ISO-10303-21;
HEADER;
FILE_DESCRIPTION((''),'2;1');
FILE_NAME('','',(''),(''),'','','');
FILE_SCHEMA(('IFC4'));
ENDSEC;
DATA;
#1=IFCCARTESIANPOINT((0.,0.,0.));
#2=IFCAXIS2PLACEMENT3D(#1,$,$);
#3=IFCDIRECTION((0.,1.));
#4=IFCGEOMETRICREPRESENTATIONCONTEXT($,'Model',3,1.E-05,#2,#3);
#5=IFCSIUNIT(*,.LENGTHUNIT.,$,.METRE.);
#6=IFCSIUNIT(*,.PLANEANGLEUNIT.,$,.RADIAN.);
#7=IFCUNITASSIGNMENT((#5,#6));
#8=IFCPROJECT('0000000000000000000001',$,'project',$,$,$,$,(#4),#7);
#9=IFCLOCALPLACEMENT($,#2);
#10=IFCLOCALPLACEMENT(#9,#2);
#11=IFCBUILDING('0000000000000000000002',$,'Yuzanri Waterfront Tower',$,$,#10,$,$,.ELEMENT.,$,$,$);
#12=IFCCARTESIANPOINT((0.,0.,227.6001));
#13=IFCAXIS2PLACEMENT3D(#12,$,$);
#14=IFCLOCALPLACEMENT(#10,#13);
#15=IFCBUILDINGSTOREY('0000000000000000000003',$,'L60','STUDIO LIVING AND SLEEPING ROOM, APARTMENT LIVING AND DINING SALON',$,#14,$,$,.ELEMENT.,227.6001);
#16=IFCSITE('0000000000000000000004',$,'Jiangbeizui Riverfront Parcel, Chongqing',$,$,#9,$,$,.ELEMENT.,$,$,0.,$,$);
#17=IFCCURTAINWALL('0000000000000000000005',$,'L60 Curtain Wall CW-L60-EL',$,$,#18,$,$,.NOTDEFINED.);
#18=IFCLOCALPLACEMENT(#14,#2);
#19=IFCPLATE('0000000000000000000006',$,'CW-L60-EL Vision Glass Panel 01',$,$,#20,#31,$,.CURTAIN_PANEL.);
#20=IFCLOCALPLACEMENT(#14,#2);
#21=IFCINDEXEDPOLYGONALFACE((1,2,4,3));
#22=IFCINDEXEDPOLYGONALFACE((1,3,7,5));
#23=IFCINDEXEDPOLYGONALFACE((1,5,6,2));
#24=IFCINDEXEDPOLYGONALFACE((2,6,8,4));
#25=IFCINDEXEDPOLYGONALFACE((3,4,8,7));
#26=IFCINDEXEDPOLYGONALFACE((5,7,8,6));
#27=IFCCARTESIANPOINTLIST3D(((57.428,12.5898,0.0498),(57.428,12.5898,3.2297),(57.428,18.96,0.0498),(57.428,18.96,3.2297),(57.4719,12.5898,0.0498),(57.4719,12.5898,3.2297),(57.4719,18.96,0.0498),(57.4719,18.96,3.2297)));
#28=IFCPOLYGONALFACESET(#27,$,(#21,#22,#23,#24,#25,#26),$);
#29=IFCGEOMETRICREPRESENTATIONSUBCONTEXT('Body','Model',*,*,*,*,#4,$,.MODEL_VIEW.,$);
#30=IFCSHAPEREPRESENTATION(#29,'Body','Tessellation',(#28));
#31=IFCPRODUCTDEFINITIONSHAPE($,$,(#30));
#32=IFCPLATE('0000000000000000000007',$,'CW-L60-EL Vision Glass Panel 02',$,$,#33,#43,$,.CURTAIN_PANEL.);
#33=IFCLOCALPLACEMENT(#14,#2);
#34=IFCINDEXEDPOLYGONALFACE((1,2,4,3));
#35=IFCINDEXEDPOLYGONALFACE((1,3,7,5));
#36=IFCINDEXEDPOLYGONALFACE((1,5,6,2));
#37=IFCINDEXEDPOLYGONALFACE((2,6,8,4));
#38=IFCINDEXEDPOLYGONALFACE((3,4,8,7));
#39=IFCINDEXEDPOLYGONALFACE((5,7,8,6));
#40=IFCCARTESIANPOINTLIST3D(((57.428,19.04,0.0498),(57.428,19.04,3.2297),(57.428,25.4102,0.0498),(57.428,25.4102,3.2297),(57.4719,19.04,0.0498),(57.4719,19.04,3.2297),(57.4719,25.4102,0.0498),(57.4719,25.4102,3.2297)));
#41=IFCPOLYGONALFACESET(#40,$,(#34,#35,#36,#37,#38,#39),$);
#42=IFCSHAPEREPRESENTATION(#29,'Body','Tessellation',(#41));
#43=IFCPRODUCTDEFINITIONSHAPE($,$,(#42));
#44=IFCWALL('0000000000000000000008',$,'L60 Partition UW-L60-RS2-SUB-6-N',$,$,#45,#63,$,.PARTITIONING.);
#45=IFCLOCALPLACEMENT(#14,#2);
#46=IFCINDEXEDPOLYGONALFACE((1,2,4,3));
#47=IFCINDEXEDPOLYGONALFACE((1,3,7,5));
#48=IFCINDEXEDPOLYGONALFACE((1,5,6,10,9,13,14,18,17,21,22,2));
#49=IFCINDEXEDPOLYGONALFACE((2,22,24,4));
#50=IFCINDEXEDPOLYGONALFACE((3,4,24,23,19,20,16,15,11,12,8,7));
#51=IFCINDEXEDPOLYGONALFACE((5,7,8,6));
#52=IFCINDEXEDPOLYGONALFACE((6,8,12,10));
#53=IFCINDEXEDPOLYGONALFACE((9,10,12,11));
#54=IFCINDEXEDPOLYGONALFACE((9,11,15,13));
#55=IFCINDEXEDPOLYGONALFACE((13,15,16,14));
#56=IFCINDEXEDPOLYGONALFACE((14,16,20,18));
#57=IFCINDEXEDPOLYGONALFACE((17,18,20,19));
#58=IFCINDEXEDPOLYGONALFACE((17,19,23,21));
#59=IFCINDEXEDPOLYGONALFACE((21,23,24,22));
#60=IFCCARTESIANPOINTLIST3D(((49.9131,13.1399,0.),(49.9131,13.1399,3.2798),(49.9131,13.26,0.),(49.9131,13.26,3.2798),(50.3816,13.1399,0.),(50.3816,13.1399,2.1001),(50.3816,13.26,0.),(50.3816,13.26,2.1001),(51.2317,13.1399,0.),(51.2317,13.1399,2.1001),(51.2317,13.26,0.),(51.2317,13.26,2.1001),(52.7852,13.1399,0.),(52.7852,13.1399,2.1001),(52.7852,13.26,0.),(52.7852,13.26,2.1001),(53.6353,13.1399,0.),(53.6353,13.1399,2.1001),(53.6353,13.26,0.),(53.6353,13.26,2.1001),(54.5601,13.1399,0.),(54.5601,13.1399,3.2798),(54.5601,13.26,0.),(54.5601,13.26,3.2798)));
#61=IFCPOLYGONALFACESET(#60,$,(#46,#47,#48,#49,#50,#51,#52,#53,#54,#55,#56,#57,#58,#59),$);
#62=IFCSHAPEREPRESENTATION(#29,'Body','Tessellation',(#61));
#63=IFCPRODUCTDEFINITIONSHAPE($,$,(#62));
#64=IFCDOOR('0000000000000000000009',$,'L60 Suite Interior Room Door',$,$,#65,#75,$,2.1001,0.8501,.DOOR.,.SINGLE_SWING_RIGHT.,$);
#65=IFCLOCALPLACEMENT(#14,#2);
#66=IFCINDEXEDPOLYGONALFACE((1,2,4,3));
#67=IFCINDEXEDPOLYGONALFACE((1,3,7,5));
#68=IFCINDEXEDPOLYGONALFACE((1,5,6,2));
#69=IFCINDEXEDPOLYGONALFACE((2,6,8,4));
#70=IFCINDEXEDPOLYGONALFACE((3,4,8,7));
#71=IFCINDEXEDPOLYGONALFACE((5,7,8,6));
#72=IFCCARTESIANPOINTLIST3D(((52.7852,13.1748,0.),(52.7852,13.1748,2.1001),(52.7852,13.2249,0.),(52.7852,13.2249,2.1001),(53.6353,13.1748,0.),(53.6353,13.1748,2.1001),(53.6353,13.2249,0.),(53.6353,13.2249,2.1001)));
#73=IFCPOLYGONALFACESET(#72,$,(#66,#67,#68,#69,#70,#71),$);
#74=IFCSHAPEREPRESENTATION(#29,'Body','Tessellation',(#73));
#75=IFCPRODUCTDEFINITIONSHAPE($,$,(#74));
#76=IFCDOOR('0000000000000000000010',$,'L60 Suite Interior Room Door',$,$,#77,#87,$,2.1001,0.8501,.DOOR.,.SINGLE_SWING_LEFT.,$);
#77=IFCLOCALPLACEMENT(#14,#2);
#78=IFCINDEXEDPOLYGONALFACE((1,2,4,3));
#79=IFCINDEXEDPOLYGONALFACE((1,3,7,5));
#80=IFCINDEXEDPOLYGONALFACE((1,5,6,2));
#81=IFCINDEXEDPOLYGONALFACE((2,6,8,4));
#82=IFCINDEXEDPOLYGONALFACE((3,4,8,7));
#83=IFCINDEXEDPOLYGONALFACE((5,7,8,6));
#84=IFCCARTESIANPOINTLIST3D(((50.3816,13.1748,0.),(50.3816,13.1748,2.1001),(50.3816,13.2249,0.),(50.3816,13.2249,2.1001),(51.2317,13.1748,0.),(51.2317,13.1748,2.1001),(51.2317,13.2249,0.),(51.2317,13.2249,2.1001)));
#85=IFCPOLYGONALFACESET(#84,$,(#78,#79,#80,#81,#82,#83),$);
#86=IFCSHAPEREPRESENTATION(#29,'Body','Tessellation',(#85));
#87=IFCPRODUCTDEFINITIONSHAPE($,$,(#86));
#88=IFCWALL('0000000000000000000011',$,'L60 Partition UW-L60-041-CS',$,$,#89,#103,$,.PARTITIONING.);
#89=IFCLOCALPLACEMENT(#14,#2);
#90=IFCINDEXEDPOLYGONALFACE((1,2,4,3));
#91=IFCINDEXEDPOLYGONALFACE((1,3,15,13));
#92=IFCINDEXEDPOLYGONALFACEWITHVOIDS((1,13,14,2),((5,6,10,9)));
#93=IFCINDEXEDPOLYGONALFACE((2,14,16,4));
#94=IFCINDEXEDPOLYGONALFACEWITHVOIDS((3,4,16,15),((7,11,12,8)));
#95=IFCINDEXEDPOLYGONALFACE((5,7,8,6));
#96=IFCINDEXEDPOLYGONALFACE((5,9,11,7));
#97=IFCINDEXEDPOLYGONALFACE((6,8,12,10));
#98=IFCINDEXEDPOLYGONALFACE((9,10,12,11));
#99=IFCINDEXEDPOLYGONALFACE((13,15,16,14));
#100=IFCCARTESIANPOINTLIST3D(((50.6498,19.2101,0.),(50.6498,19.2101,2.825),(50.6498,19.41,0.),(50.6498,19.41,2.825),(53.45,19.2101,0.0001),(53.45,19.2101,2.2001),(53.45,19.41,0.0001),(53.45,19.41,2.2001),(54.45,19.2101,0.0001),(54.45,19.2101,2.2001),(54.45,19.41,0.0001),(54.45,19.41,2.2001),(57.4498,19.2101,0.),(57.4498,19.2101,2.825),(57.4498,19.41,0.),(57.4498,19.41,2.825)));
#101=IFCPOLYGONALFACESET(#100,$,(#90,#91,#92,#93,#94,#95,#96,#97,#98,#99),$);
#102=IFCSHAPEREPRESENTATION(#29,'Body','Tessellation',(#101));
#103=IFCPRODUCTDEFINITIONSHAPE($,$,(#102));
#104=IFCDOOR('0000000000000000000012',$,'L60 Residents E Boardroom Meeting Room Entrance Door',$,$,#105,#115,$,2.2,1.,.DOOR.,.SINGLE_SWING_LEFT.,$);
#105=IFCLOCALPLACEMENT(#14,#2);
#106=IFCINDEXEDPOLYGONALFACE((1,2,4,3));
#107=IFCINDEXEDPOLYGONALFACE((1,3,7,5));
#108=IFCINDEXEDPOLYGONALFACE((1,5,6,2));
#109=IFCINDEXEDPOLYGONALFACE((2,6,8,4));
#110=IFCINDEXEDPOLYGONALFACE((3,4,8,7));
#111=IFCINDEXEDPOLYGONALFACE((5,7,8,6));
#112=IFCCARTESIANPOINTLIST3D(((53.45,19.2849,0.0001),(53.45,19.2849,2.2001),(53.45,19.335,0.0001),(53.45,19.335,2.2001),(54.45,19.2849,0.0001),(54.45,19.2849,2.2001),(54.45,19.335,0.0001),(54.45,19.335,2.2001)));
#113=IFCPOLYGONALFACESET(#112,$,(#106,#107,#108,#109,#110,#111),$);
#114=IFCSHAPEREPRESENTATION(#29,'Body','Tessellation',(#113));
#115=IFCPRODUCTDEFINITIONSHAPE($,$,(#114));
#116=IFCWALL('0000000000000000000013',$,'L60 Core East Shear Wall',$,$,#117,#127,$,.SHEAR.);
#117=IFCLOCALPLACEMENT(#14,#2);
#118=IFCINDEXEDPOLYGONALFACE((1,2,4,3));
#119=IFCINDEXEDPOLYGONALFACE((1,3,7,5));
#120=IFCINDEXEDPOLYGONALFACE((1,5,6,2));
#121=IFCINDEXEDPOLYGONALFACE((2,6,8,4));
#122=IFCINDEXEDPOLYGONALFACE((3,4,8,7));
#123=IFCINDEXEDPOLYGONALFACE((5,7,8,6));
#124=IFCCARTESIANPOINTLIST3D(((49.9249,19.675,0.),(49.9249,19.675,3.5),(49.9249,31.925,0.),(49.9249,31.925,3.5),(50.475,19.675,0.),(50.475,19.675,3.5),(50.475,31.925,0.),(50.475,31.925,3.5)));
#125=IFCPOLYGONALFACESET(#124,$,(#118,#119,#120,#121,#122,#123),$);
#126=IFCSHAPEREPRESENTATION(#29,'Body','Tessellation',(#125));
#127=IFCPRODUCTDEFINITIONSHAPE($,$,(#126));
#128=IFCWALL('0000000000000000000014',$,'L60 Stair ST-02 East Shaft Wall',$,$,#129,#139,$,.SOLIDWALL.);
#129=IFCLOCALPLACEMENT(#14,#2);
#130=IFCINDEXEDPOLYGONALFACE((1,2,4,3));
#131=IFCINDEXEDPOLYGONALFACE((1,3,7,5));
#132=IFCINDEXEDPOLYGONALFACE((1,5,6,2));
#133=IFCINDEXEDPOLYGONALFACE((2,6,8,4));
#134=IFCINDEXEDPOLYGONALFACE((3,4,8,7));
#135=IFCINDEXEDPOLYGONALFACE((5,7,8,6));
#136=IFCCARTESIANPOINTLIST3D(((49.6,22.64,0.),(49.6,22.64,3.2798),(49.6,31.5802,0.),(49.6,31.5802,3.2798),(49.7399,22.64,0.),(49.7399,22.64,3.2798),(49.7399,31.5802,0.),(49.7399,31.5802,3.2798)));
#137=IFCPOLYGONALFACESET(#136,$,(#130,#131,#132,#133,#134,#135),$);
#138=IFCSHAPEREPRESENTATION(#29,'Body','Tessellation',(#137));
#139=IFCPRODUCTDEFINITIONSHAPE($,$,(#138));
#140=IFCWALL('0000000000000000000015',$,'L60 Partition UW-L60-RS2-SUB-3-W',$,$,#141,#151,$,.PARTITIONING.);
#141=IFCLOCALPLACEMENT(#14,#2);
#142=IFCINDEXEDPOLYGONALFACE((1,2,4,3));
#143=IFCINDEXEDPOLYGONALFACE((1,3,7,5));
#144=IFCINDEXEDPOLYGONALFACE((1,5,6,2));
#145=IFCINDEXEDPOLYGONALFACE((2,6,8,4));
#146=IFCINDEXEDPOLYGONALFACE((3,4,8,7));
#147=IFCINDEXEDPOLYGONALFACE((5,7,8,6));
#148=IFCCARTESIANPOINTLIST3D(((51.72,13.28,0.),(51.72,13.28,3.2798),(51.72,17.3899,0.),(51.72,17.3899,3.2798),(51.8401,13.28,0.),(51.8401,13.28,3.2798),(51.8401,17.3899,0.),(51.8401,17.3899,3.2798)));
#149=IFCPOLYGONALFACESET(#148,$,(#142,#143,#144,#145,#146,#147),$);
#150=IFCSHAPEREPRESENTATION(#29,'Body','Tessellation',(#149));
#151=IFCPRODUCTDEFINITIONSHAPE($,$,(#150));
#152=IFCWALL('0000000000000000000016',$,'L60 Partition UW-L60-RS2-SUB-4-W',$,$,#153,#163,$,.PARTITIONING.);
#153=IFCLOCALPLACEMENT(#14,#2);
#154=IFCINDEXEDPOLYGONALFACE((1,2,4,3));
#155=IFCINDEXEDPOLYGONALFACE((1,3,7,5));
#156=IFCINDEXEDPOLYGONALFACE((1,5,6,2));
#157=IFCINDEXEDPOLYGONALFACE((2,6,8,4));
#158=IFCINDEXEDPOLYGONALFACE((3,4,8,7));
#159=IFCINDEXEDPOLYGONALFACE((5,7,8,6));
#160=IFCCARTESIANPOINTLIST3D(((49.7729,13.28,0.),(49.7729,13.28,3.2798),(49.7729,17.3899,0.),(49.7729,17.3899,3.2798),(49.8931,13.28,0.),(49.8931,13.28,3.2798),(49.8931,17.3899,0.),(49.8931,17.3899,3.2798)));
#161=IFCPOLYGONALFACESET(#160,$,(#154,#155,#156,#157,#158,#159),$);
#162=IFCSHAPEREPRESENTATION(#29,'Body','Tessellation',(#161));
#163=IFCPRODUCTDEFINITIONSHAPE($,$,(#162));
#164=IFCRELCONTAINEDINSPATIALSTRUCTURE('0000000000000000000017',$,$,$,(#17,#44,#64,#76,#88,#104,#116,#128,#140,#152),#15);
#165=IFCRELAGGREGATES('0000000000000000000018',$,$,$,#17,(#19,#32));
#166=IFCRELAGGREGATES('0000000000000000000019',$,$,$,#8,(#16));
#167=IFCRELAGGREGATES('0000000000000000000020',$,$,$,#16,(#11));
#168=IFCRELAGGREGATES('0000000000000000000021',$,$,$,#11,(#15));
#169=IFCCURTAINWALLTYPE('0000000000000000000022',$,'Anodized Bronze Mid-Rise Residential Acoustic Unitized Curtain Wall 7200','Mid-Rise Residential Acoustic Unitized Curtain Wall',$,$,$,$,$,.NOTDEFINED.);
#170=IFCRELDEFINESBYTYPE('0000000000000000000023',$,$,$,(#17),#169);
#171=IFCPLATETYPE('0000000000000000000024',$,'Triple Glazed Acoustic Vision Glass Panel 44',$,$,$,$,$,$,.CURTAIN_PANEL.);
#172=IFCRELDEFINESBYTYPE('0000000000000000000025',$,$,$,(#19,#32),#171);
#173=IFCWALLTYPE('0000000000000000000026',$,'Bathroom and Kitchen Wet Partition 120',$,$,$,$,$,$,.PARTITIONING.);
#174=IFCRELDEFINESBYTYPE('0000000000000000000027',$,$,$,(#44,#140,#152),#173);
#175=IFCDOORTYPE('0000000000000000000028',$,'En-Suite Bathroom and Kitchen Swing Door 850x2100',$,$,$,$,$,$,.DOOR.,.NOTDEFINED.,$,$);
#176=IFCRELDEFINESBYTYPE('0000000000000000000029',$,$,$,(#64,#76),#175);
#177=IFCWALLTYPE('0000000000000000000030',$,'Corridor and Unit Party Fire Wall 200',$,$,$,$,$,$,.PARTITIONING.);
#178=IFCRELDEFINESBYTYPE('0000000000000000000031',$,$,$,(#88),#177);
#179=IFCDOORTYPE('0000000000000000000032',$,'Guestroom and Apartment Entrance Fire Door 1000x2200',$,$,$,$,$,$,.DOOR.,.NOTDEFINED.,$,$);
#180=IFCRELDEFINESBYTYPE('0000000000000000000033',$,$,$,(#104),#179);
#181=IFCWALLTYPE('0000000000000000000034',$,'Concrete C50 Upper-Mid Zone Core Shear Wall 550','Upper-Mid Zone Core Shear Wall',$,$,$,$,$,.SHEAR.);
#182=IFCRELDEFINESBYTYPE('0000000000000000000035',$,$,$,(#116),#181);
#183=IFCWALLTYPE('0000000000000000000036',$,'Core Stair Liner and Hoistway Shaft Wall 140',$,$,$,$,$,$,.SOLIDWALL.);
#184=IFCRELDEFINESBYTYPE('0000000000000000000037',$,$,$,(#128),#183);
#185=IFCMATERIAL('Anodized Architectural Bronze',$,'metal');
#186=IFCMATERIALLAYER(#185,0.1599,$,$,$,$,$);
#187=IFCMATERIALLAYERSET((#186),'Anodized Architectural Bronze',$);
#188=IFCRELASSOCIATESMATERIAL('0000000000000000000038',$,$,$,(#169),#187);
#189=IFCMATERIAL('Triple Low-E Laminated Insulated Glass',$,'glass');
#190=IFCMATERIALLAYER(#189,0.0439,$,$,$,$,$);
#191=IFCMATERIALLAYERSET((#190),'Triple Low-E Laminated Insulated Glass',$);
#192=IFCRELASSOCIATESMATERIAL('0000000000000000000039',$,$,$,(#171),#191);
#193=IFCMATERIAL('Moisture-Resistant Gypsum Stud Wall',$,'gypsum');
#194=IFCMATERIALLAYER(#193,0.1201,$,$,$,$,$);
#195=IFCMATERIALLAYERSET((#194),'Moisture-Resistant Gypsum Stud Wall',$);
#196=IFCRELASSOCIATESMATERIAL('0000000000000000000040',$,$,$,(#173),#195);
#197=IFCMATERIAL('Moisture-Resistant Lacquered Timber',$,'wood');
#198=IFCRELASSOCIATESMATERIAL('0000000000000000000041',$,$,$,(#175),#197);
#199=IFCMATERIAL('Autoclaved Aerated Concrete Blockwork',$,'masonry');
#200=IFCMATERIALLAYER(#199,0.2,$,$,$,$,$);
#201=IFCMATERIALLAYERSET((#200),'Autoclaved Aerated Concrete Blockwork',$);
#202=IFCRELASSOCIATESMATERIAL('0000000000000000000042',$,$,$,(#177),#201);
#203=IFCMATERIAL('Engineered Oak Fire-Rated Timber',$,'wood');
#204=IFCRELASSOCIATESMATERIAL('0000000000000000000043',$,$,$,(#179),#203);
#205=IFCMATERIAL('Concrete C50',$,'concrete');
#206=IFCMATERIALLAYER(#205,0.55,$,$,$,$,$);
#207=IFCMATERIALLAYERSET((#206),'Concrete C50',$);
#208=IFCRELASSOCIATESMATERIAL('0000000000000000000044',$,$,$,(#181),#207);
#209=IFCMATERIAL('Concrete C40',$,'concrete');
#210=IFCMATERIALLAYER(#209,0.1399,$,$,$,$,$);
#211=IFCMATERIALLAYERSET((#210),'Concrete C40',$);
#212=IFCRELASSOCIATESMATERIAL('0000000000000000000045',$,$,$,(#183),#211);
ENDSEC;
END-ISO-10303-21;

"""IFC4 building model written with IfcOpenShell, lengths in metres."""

from ifc_helpers import new_model, si_unit, direction, frame, frame_2d, origin, origin_2d, place, context, subcontext, project, spatial, rectangle, extrude, source, transform, mapped, material, layer, layer_set, type_object, element, fill, aggregate, save


model = new_model("IFC4")

# Units and contexts
model_context = context("Model", 3, precision=1e-05, world=origin(), true_north=direction((0.0, 1.0)))
body_context = subcontext(model_context, "Body", "Model", "MODEL_VIEW")
ifc_project = project(units=[si_unit("LENGTHUNIT", "METRE"), si_unit("PLANEANGLEUNIT", "RADIAN")], contexts=[model_context])

# Site, building, storey
site_placement = place(None, origin())
site = spatial("IfcSite", under=ifc_project, at=site_placement, Name="Jiangbeizui Riverfront Parcel, Chongqing", CompositionType="ELEMENT", RefElevation=0.0)
building_placement = place(site_placement, origin())
building = spatial("IfcBuilding", under=site, at=building_placement, Name="Yuzanri Waterfront Tower", CompositionType="ELEMENT")
storey_placement = place(building_placement, frame((0.0, 0.0, 227.6001)))
storey = spatial("IfcBuildingStorey", under=building, at=storey_placement, Name="L60", Description="STUDIO LIVING AND SLEEPING ROOM, APARTMENT LIVING AND DINING SALON", CompositionType="ELEMENT", Elevation=227.6001)

# Curtain wall, plates
ifc_material_1 = material(Name="Anodized Architectural Bronze", Category="metal")
ifc_layer_1 = layer(ifc_material_1, 0.1599)
ifc_layer_set_1 = layer_set([ifc_layer_1], Name="Anodized Architectural Bronze")
curtain_wall_type = type_object("IfcCurtainWallType", Name="Anodized Bronze Mid-Rise Residential Acoustic Unitized Curtain Wall 7200", Description="Mid-Rise Residential Acoustic Unitized Curtain Wall", PredefinedType="NOTDEFINED", material=ifc_layer_set_1)
curtain_wall_placement = place(storey_placement, origin())
curtain_wall = element("IfcCurtainWall", 1, at=curtain_wall_placement, inside=storey, type_object=curtain_wall_type, Name="L60 Curtain Wall CW-L60-EL", PredefinedType="NOTDEFINED")
ifc_material_2 = material(Name="Triple Low-E Laminated Insulated Glass", Category="glass")
ifc_layer_2 = layer(ifc_material_2, 0.0439)
ifc_layer_set_2 = layer_set([ifc_layer_2], Name="Triple Low-E Laminated Insulated Glass")
plate_type = type_object("IfcPlateType", Name="Triple Glazed Acoustic Vision Glass Panel 44", PredefinedType="CURTAIN_PANEL", material=ifc_layer_set_2)
shared_shape_1 = source(origin(), body_context, "Body", "SweptSolid", [
    extrude(rectangle(XDim=6.3701, YDim=0.0439, at=origin_2d()), origin(), (0.0, 0.0, 1.0), 3.1799),
])
plate_1_placement = place(storey_placement, frame((57.45, 15.7749, 0.0498), z_axis=(0.0, 0.0, 1.0), x_axis=(0.0, 1.0, 0.0)))
plate_1 = element("IfcPlate", 2, at=plate_1_placement, type_object=plate_type, Name="CW-L60-EL Vision Glass Panel 01", PredefinedType="CURTAIN_PANEL", context=body_context, shape_type="MappedRepresentation", body=[
    mapped(shared_shape_1, transform((0.0, 0.0, 0.0), scale=1.0)),
])
plate_2_placement = place(storey_placement, frame((57.45, 22.2251, 0.0498), z_axis=(0.0, 0.0, 1.0), x_axis=(0.0, 1.0, 0.0)))
plate_2 = element("IfcPlate", 3, at=plate_2_placement, type_object=plate_type, Name="CW-L60-EL Vision Glass Panel 02", PredefinedType="CURTAIN_PANEL", context=body_context, shape_type="MappedRepresentation", body=[
    mapped(shared_shape_1, transform((0.0, 0.0, 0.0), scale=1.0)),
])
aggregate(curtain_wall, [plate_1, plate_2])

# Wall, openings, doors
ifc_material_3 = material(Name="Moisture-Resistant Gypsum Stud Wall", Category="gypsum")
ifc_layer_3 = layer(ifc_material_3, 0.1201)
ifc_layer_set_3 = layer_set([ifc_layer_3], Name="Moisture-Resistant Gypsum Stud Wall")
wall_type_1 = type_object("IfcWallType", Name="Bathroom and Kitchen Wet Partition 120", PredefinedType="PARTITIONING", material=ifc_layer_set_3)
wall_1_placement = place(storey_placement, frame((49.9131, 13.2, 0.0), z_axis=(0.0, 0.0, 1.0), x_axis=(1.0, 0.0, 0.0)))
wall_1 = element("IfcWall", 4, at=wall_1_placement, inside=storey, type_object=wall_type_1, Name="L60 Partition UW-L60-RS2-SUB-6-N", PredefinedType="PARTITIONING", context=body_context, shape_type="SweptSolid", body=[
    extrude(rectangle(XDim=4.647, YDim=0.1201, at=frame_2d((2.3235, 0.0))), origin(), (0.0, 0.0, 1.0), 3.2798),
])
opening_1_placement = place(wall_1_placement, frame((2.8721, 0.0, 0.0)))
opening_1 = element("IfcOpeningElement", 5, at=opening_1_placement, cuts=wall_1, PredefinedType="OPENING", context=body_context, shape_type="SweptSolid", body=[
    extrude(rectangle(XDim=0.8501, YDim=2.1001, at=frame_2d((0.425, 1.05))), frame((0.0, 0.075, 0.0), z_axis=(0.0, -1.0, 0.0), x_axis=(1.0, 0.0, 0.0)), (0.0, 0.0, 1.0), 0.1499),
])
opening_2_placement = place(wall_1_placement, frame((0.4685, 0.0, 0.0)))
opening_2 = element("IfcOpeningElement", 6, at=opening_2_placement, cuts=wall_1, PredefinedType="OPENING", context=body_context, shape_type="SweptSolid", body=[
    extrude(rectangle(XDim=0.8501, YDim=2.1001, at=frame_2d((0.425, 1.05))), frame((0.0, 0.075, 0.0), z_axis=(0.0, -1.0, 0.0), x_axis=(1.0, 0.0, 0.0)), (0.0, 0.0, 1.0), 0.1499),
])
ifc_material_4 = material(Name="Moisture-Resistant Lacquered Timber", Category="wood")
door_type_1 = type_object("IfcDoorType", Name="En-Suite Bathroom and Kitchen Swing Door 850x2100", OperationType="NOTDEFINED", PredefinedType="DOOR", material=ifc_material_4)
shared_shape_2 = source(origin(), body_context, "Body", "SweptSolid", [
    extrude(rectangle(XDim=0.8501, YDim=2.1001, at=frame_2d((0.425, 1.05))), frame((0.0, 0.0249, 0.0), z_axis=(0.0, -1.0, 0.0), x_axis=(1.0, 0.0, 0.0)), (0.0, 0.0, 1.0), 0.05),
])
door_1_placement = place(opening_1_placement, origin())
door_1 = element("IfcDoor", 7, at=door_1_placement, inside=storey, type_object=door_type_1, Name="L60 Suite Interior Room Door", OperationType="SINGLE_SWING_RIGHT", OverallHeight=2.1001, OverallWidth=0.8501, PredefinedType="DOOR", context=body_context, shape_type="MappedRepresentation", body=[
    mapped(shared_shape_2, transform((0.0, 0.0, 0.0), scale=1.0)),
])
fill(opening_1, door_1)
door_2_placement = place(opening_2_placement, origin())
door_2 = element("IfcDoor", 8, at=door_2_placement, inside=storey, type_object=door_type_1, Name="L60 Suite Interior Room Door", OperationType="SINGLE_SWING_LEFT", OverallHeight=2.1001, OverallWidth=0.8501, PredefinedType="DOOR", context=body_context, shape_type="MappedRepresentation", body=[
    mapped(shared_shape_2, transform((0.0, 0.0, 0.0), scale=1.0)),
])
fill(opening_2, door_2)

# Wall, opening, door
ifc_material_5 = material(Name="Autoclaved Aerated Concrete Blockwork", Category="masonry")
ifc_layer_4 = layer(ifc_material_5, 0.2)
ifc_layer_set_4 = layer_set([ifc_layer_4], Name="Autoclaved Aerated Concrete Blockwork")
wall_type_2 = type_object("IfcWallType", Name="Corridor and Unit Party Fire Wall 200", PredefinedType="PARTITIONING", material=ifc_layer_set_4)
wall_2_placement = place(storey_placement, frame((50.6499, 19.3101, 0.0), z_axis=(0.0, 0.0, 1.0), x_axis=(1.0, 0.0, 0.0)))
wall_2 = element("IfcWall", 9, at=wall_2_placement, inside=storey, type_object=wall_type_2, Name="L60 Partition UW-L60-041-CS", PredefinedType="PARTITIONING", context=body_context, shape_type="SweptSolid", body=[
    extrude(rectangle(XDim=6.8, YDim=0.2, at=frame_2d((3.3999, 0.0))), origin(), (0.0, 0.0, 1.0), 2.825),
])
opening_3_placement = place(wall_2_placement, frame((2.8, 0.0, 0.0)))
opening_3 = element("IfcOpeningElement", 10, at=opening_3_placement, cuts=wall_2, PredefinedType="OPENING", context=body_context, shape_type="SweptSolid", body=[
    extrude(rectangle(XDim=1.0, YDim=2.2, at=frame_2d((0.5, 1.1001))), frame((0.0, 0.1147, 0.0), z_axis=(0.0, -1.0, 0.0), x_axis=(1.0, 0.0, 0.0)), (0.0, 0.0, 1.0), 0.2297),
])
ifc_material_6 = material(Name="Engineered Oak Fire-Rated Timber", Category="wood")
door_type_2 = type_object("IfcDoorType", Name="Guestroom and Apartment Entrance Fire Door 1000x2200", OperationType="NOTDEFINED", PredefinedType="DOOR", material=ifc_material_6)
shared_shape_3 = source(origin(), body_context, "Body", "SweptSolid", [
    extrude(rectangle(XDim=1.0, YDim=2.2, at=frame_2d((0.5, 1.1001))), frame((0.0, 0.0249, 0.0), z_axis=(0.0, -1.0, 0.0), x_axis=(1.0, 0.0, 0.0)), (0.0, 0.0, 1.0), 0.05),
])
door_3_placement = place(opening_3_placement, origin())
door_3 = element("IfcDoor", 11, at=door_3_placement, inside=storey, type_object=door_type_2, Name="L60 Residents E Boardroom Meeting Room Entrance Door", OperationType="SINGLE_SWING_LEFT", OverallHeight=2.2, OverallWidth=1.0, PredefinedType="DOOR", context=body_context, shape_type="MappedRepresentation", body=[
    mapped(shared_shape_3, transform((0.0, 0.0, 0.0), scale=1.0)),
])
fill(opening_3, door_3)

# Walls
ifc_material_7 = material(Name="Concrete C50", Category="concrete")
ifc_layer_5 = layer(ifc_material_7, 0.55)
ifc_layer_set_5 = layer_set([ifc_layer_5], Name="Concrete C50")
wall_type_3 = type_object("IfcWallType", Name="Concrete C50 Upper-Mid Zone Core Shear Wall 550", Description="Upper-Mid Zone Core Shear Wall", PredefinedType="SHEAR", material=ifc_layer_set_5)
shared_shape_4 = source(origin(), body_context, "Body", "SweptSolid", [
    extrude(rectangle(XDim=12.25, YDim=0.55, at=frame_2d((6.125, 0.0))), origin(), (0.0, 0.0, 1.0), 3.5),
])
wall_3_placement = place(storey_placement, frame((50.2, 19.675, 0.0), z_axis=(0.0, 0.0, 1.0), x_axis=(0.0, 1.0, 0.0)))
element("IfcWall", 12, at=wall_3_placement, inside=storey, type_object=wall_type_3, Name="L60 Core East Shear Wall", PredefinedType="SHEAR", context=body_context, shape_type="MappedRepresentation", body=[
    mapped(shared_shape_4, transform((0.0, 0.0, 0.0), scale=1.0)),
])
ifc_material_8 = material(Name="Concrete C40", Category="concrete")
ifc_layer_6 = layer(ifc_material_8, 0.1399)
ifc_layer_set_6 = layer_set([ifc_layer_6], Name="Concrete C40")
wall_type_4 = type_object("IfcWallType", Name="Core Stair Liner and Hoistway Shaft Wall 140", PredefinedType="SOLIDWALL", material=ifc_layer_set_6)
shared_shape_5 = source(origin(), body_context, "Body", "SweptSolid", [
    extrude(rectangle(XDim=8.9402, YDim=0.1399, at=frame_2d((4.4702, 0.0))), origin(), (0.0, 0.0, 1.0), 3.2798),
])
wall_4_placement = place(storey_placement, frame((49.6699, 22.6399, 0.0), z_axis=(0.0, 0.0, 1.0), x_axis=(0.0, 1.0, 0.0)))
element("IfcWall", 13, at=wall_4_placement, inside=storey, type_object=wall_type_4, Name="L60 Stair ST-02 East Shaft Wall", PredefinedType="SOLIDWALL", context=body_context, shape_type="MappedRepresentation", body=[
    mapped(shared_shape_5, transform((0.0, 0.0, 0.0), scale=1.0)),
])
shared_shape_6 = source(origin(), body_context, "Body", "SweptSolid", [
    extrude(rectangle(XDim=4.1099, YDim=0.1201, at=frame_2d((2.0549, 0.0))), origin(), (0.0, 0.0, 1.0), 3.2798),
])
for number, where, z_axis, x_axis, name in (
    (14, (51.78, 13.28, 0.0), (0.0, 0.0, 1.0), (0.0, 1.0, 0.0), "L60 Partition UW-L60-RS2-SUB-3-W"),
    (15, (49.833, 13.28, 0.0), (0.0, 0.0, 1.0), (0.0, 1.0, 0.0), "L60 Partition UW-L60-RS2-SUB-4-W"),
):
    element("IfcWall", number, at=place(storey_placement, frame(where, z_axis=z_axis, x_axis=x_axis)), inside=storey, type_object=wall_type_1, Name=name, PredefinedType="PARTITIONING", context=body_context, shape_type="MappedRepresentation", body=[
        mapped(shared_shape_6, transform((0.0, 0.0, 0.0), scale=1.0)),
    ])

save(model, "model.ifc")
